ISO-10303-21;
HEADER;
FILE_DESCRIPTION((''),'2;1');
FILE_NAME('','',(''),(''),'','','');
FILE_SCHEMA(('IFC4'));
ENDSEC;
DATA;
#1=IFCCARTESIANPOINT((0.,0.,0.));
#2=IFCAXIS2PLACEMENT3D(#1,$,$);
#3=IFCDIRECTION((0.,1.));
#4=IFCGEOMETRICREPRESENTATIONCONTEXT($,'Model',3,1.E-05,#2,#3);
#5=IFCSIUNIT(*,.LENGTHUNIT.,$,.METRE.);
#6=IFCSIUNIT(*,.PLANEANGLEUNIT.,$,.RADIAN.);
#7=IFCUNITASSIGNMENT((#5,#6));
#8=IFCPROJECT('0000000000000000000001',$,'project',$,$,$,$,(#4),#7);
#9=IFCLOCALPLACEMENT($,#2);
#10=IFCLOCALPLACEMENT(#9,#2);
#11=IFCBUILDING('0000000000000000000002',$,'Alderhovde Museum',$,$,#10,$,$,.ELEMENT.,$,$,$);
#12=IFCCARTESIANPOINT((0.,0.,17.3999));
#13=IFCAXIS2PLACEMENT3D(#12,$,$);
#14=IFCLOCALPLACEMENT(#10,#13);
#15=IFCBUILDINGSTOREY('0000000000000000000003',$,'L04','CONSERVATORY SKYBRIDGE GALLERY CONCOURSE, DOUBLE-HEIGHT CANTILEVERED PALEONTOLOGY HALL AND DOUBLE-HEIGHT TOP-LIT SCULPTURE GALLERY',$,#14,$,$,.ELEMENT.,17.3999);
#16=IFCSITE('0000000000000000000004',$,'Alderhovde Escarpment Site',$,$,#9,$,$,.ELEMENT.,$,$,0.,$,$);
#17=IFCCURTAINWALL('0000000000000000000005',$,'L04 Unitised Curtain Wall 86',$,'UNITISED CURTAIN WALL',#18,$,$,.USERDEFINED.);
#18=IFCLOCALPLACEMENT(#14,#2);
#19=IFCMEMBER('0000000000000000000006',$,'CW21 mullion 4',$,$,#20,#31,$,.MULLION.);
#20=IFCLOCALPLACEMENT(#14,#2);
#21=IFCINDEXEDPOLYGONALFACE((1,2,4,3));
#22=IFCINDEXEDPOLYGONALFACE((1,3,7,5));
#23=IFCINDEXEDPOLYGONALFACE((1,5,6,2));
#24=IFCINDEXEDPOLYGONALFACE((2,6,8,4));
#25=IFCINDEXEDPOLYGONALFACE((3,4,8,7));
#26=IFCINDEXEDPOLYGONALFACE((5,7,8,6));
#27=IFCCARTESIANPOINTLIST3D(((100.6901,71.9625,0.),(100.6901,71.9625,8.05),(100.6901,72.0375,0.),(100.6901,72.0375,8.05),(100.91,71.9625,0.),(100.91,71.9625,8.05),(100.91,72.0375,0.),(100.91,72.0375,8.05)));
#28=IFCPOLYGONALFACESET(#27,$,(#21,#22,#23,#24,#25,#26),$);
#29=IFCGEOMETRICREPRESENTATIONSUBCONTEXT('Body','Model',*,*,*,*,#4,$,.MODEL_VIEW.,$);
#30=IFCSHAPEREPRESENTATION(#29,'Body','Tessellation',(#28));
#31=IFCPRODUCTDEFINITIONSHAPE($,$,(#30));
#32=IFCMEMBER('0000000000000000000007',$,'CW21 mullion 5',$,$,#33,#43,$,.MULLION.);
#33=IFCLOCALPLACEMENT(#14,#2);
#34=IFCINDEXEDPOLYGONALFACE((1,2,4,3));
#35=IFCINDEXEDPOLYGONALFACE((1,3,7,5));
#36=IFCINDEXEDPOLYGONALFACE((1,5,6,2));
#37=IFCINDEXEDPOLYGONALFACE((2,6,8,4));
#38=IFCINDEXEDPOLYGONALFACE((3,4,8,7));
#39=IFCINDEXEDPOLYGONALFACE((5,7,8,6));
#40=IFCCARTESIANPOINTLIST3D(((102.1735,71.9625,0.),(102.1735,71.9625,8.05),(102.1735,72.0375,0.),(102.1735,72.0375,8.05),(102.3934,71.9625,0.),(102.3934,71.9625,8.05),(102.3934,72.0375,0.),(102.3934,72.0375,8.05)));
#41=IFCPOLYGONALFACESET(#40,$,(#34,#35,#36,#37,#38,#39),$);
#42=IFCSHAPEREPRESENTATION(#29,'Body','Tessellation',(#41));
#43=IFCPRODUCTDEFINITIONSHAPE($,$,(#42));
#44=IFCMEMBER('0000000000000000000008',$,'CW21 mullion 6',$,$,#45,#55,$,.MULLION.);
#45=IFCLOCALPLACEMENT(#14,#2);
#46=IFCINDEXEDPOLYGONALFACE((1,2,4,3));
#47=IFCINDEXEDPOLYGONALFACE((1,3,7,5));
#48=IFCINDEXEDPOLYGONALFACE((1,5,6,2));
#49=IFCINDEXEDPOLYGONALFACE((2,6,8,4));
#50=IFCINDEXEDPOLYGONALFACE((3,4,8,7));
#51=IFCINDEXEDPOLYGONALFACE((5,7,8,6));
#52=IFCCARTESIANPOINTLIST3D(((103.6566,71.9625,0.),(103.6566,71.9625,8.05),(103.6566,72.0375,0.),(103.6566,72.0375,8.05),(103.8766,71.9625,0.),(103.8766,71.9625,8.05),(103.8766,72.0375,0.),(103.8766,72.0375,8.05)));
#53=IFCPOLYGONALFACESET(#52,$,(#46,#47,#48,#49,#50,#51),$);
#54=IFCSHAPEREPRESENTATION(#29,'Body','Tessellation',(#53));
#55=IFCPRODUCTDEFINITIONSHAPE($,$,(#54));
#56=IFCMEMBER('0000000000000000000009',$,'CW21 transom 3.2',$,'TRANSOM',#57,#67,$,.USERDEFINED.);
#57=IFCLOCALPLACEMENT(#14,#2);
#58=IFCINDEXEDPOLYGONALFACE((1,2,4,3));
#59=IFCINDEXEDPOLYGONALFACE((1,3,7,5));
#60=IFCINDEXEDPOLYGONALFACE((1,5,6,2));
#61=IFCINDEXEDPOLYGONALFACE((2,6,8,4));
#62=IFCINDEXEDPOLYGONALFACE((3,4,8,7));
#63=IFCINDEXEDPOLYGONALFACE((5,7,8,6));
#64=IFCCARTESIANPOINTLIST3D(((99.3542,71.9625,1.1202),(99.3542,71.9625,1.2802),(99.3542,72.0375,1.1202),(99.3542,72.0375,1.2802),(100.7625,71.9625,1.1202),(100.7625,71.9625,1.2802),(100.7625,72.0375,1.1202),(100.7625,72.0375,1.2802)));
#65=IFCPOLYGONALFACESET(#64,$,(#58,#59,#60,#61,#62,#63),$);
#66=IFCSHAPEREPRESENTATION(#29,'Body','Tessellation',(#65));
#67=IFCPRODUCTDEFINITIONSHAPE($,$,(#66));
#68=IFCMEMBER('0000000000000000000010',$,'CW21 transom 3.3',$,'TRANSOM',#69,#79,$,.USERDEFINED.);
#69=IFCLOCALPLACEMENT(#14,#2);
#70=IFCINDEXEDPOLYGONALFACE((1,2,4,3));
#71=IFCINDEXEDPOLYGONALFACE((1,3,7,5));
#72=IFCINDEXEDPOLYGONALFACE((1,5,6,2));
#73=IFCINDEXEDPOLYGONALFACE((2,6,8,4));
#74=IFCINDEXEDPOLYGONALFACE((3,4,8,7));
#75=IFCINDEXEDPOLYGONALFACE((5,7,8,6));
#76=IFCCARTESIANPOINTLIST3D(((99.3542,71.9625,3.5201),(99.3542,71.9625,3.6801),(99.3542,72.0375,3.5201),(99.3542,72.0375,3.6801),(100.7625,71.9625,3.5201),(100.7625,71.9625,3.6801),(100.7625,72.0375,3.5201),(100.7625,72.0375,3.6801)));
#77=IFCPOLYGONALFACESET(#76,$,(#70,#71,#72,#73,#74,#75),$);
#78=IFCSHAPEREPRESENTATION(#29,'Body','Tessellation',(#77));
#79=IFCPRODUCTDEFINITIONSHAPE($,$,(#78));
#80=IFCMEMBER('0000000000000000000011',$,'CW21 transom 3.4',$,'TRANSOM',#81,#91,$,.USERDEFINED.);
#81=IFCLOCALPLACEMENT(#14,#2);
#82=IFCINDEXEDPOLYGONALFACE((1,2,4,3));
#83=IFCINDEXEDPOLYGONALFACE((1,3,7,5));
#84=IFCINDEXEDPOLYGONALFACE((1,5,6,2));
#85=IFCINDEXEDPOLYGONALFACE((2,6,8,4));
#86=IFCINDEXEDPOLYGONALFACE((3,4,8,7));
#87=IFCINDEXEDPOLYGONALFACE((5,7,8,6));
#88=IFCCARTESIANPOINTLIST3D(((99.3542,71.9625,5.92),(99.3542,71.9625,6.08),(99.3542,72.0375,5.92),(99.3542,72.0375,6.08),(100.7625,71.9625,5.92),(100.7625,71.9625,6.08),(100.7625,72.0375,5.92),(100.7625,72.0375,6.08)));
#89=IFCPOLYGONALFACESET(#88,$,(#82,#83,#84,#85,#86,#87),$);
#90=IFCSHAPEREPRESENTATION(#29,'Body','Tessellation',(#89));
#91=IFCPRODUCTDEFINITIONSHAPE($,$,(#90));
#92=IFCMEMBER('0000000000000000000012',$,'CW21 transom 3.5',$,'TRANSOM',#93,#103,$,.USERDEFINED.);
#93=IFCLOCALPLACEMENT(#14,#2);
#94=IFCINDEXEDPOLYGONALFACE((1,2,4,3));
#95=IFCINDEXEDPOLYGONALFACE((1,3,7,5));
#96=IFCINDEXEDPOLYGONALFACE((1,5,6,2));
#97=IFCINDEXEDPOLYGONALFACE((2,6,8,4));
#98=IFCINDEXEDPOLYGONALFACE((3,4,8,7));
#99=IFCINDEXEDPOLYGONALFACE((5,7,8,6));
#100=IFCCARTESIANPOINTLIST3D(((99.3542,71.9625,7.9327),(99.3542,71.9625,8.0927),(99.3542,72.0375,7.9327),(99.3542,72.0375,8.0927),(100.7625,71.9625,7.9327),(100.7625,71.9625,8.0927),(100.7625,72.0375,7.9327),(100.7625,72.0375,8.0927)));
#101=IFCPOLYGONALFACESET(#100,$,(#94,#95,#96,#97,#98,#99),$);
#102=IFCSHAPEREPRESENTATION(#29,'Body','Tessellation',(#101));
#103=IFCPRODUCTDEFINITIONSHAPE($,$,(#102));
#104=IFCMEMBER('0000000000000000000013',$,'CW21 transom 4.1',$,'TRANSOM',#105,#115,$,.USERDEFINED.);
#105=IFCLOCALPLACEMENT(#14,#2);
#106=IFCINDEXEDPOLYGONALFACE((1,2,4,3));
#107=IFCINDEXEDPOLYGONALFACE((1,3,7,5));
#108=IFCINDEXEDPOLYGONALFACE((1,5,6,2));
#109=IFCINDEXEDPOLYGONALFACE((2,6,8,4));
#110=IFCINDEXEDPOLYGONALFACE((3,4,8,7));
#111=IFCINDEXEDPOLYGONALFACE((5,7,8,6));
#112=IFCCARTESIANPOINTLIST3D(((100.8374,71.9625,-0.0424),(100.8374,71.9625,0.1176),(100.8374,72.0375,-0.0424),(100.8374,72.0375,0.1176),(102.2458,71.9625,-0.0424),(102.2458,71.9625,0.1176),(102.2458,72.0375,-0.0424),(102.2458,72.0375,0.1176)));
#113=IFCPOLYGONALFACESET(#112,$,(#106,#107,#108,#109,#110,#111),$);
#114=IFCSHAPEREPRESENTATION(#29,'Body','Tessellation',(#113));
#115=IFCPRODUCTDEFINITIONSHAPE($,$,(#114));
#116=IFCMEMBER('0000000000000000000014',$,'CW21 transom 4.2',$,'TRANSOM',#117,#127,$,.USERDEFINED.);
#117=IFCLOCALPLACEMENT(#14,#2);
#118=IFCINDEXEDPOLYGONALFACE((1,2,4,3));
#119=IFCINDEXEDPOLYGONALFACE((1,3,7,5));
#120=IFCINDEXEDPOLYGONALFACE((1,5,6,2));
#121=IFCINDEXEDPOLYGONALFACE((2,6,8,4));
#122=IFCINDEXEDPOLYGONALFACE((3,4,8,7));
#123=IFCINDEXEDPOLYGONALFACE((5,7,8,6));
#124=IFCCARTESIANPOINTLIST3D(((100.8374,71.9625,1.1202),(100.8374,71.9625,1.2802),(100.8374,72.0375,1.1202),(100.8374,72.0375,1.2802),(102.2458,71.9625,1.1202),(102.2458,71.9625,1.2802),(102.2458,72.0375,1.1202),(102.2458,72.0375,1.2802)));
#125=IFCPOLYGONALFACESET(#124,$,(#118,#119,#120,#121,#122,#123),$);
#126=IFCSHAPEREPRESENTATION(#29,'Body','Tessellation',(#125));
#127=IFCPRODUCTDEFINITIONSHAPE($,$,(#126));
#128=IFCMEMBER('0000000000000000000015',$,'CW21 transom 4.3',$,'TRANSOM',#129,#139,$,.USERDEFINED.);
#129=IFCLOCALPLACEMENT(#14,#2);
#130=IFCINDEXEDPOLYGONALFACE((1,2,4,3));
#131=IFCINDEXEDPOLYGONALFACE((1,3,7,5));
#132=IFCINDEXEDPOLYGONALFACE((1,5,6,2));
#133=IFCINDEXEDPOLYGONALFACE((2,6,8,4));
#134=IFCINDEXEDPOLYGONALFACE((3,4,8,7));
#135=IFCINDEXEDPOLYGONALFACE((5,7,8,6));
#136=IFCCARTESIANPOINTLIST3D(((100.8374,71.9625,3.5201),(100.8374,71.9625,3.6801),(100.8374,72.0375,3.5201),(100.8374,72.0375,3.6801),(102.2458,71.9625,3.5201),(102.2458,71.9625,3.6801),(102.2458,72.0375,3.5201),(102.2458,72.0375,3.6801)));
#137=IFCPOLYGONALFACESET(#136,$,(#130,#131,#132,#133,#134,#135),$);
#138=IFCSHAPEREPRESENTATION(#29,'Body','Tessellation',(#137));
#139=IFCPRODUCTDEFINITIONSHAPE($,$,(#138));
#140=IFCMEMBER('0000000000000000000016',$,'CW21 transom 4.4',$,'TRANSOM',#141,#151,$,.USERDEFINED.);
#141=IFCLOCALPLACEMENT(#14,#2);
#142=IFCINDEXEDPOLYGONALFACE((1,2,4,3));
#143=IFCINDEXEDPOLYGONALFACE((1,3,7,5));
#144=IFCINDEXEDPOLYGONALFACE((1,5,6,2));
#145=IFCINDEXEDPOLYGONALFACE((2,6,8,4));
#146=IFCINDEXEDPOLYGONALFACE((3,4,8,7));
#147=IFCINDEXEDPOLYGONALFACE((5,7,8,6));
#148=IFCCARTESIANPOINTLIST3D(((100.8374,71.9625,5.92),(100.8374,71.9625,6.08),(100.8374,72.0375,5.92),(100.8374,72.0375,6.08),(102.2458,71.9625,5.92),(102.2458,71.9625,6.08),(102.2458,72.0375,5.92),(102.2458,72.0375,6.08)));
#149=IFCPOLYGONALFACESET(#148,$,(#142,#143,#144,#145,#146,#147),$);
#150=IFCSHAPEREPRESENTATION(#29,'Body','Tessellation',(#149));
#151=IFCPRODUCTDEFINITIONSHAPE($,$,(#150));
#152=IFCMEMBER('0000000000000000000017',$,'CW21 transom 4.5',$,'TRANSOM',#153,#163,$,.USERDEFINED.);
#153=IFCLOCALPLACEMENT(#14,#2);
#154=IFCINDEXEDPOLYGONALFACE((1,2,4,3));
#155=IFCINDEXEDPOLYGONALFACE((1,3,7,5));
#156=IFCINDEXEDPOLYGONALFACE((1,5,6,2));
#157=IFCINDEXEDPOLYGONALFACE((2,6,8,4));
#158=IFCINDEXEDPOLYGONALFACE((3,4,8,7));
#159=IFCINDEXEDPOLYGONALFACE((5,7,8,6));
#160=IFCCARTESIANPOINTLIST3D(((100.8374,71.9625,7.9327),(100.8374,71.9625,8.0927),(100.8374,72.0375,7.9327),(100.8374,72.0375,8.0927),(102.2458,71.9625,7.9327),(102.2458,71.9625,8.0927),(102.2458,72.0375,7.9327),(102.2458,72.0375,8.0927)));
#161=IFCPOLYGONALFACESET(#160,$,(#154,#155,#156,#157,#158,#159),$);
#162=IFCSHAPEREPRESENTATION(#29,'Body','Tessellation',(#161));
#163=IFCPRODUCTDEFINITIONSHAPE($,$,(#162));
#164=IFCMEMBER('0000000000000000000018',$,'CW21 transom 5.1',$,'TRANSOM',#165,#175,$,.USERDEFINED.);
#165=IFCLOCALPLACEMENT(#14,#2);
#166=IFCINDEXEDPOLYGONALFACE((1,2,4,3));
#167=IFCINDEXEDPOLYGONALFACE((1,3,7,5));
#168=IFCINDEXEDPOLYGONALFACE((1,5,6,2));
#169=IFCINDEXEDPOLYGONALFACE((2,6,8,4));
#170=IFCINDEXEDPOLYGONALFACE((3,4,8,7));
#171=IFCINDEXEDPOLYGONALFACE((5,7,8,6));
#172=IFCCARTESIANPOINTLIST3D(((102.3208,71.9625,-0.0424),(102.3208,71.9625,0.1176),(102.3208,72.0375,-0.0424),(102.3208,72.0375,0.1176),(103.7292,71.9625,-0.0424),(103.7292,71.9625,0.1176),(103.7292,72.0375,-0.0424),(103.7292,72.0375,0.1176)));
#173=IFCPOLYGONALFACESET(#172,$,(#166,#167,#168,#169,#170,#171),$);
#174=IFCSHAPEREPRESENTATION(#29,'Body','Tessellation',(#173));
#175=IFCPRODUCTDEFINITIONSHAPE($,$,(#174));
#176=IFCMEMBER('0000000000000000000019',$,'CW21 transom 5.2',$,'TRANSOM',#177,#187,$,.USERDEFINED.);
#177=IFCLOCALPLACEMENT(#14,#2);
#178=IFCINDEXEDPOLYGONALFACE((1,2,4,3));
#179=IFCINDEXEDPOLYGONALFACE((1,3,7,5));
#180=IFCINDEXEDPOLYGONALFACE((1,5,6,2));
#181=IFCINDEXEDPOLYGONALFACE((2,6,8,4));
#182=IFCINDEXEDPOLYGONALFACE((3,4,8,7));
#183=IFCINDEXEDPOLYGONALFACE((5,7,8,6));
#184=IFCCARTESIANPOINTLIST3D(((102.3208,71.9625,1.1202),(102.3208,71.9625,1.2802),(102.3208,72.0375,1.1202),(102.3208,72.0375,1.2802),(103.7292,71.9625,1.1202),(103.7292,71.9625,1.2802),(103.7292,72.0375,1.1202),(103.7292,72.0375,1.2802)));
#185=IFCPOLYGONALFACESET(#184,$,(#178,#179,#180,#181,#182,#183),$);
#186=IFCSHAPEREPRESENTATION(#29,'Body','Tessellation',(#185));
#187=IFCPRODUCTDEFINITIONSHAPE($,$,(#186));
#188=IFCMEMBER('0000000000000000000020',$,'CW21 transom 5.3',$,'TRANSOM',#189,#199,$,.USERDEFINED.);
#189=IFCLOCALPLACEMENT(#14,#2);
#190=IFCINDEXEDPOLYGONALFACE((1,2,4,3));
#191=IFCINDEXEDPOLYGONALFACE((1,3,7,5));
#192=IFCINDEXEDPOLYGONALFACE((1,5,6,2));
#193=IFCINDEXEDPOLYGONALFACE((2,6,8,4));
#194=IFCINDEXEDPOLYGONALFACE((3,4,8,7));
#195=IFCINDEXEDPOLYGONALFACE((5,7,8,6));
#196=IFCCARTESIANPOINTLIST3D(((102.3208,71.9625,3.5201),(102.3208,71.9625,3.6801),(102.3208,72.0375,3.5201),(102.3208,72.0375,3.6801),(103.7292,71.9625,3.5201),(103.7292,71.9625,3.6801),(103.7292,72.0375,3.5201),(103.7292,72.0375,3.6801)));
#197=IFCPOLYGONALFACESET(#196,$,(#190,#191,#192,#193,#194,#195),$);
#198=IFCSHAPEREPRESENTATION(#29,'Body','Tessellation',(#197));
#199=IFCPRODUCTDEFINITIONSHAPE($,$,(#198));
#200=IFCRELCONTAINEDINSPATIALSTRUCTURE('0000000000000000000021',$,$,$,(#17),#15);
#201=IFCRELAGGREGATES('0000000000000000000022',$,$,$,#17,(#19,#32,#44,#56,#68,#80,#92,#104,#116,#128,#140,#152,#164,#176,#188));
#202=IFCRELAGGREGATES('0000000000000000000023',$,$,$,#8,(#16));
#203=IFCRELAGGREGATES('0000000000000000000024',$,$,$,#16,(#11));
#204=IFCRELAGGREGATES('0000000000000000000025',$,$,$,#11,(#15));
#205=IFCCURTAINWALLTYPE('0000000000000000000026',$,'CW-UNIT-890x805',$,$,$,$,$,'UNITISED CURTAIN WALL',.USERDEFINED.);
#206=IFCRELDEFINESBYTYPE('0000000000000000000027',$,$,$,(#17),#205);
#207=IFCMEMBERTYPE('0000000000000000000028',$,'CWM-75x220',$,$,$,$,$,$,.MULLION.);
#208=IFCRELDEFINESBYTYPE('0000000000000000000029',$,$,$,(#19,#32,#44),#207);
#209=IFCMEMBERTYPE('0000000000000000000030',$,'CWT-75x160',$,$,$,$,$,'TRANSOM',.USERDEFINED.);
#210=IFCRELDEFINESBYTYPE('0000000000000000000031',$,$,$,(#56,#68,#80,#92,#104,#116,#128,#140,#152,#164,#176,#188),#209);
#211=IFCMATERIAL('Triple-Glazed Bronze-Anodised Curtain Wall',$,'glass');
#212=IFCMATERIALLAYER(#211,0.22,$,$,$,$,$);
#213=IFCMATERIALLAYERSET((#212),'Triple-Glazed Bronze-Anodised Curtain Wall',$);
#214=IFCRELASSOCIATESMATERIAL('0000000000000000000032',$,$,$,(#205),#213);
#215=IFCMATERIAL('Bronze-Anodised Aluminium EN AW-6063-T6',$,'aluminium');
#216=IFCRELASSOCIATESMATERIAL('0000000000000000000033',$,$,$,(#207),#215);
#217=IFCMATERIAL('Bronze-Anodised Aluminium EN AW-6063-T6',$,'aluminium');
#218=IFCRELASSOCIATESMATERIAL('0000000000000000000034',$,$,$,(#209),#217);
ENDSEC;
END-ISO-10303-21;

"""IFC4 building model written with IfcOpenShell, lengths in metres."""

from ifc_helpers import new_model, si_unit, direction, frame, origin, origin_2d, place, context, subcontext, project, spatial, rectangle, extrude, material, layer, layer_set, material_profile, profile_set, type_object, element, aggregate, save


model = new_model("IFC4")

# Units and contexts
model_context = context("Model", 3, precision=1e-05, world=origin(), true_north=direction((0.0, 1.0)))
body_context = subcontext(model_context, "Body", "Model", "MODEL_VIEW")
ifc_project = project(units=[si_unit("LENGTHUNIT", "METRE"), si_unit("PLANEANGLEUNIT", "RADIAN")], contexts=[model_context])

# Site, building, storey
site_placement = place(None, origin())
site = spatial("IfcSite", under=ifc_project, at=site_placement, Name="Alderhovde Escarpment Site", CompositionType="ELEMENT", RefElevation=0.0)
building_placement = place(site_placement, origin())
building = spatial("IfcBuilding", under=site, at=building_placement, Name="Alderhovde Museum", CompositionType="ELEMENT")
storey_placement = place(building_placement, frame((0.0, 0.0, 17.3999)))
storey = spatial("IfcBuildingStorey", under=building, at=storey_placement, Name="L04", Description="CONSERVATORY SKYBRIDGE GALLERY CONCOURSE, DOUBLE-HEIGHT CANTILEVERED PALEONTOLOGY HALL AND DOUBLE-HEIGHT TOP-LIT SCULPTURE GALLERY", CompositionType="ELEMENT", Elevation=17.3999)

# Curtain wall, members
ifc_material_1 = material(Name="Triple-Glazed Bronze-Anodised Curtain Wall", Category="glass")
ifc_layer_1 = layer(ifc_material_1, 0.22)
ifc_layer_set_1 = layer_set([ifc_layer_1], Name="Triple-Glazed Bronze-Anodised Curtain Wall")
curtain_wall_type = type_object("IfcCurtainWallType", Name="CW-UNIT-890x805", ElementType="UNITISED CURTAIN WALL", PredefinedType="USERDEFINED", material=ifc_layer_set_1)
curtain_wall_placement = place(storey_placement, origin())
curtain_wall = element("IfcCurtainWall", 1, at=curtain_wall_placement, inside=storey, type_object=curtain_wall_type, Name="L04 Unitised Curtain Wall 86", ObjectType="UNITISED CURTAIN WALL", PredefinedType="USERDEFINED")
ifc_material_2 = material(Name="Bronze-Anodised Aluminium EN AW-6063-T6", Category="aluminium")
ifc_material_profile_1 = material_profile(ifc_material_2, rectangle(XDim=0.075, YDim=0.22, at=origin_2d()), Name="MULLION 75x220")
ifc_profile_set_1 = profile_set([ifc_material_profile_1], Name="Bronze-Anodised Aluminium EN AW-6063-T6")
member_type_1 = type_object("IfcMemberType", Name="CWM-75x220", PredefinedType="MULLION", material=ifc_profile_set_1)
member_1_placement = place(storey_placement, frame((100.8, 72.0, 0.0), z_axis=(0.0, 0.0, 1.0), x_axis=(0.0, 1.0, 0.0)))
member_1 = element("IfcMember", 2, at=member_1_placement, type_object=member_type_1, Name="CW21 mullion 4", PredefinedType="MULLION", context=body_context, shape_type="SweptSolid", body=[
    extrude(rectangle(XDim=0.075, YDim=0.22, at=origin_2d()), origin(), (0.0, 0.0, 1.0), 8.05),
])
member_2_placement = place(storey_placement, frame((102.2834, 72.0, 0.0), z_axis=(0.0, 0.0, 1.0), x_axis=(0.0, 1.0, 0.0)))
member_2 = element("IfcMember", 3, at=member_2_placement, type_object=member_type_1, Name="CW21 mullion 5", PredefinedType="MULLION", context=body_context, shape_type="SweptSolid", body=[
    extrude(rectangle(XDim=0.075, YDim=0.22, at=origin_2d()), origin(), (0.0, 0.0, 1.0), 8.05),
])
member_3_placement = place(storey_placement, frame((103.7666, 72.0, 0.0), z_axis=(0.0, 0.0, 1.0), x_axis=(0.0, 1.0, 0.0)))
member_3 = element("IfcMember", 4, at=member_3_placement, type_object=member_type_1, Name="CW21 mullion 6", PredefinedType="MULLION", context=body_context, shape_type="SweptSolid", body=[
    extrude(rectangle(XDim=0.075, YDim=0.22, at=origin_2d()), origin(), (0.0, 0.0, 1.0), 8.05),
])
ifc_material_3 = material(Name="Bronze-Anodised Aluminium EN AW-6063-T6", Category="aluminium")
ifc_material_profile_2 = material_profile(ifc_material_3, rectangle(XDim=0.075, YDim=0.1599, at=origin_2d()), Name="TRANSOM 75x160")
ifc_profile_set_2 = profile_set([ifc_material_profile_2], Name="Bronze-Anodised Aluminium EN AW-6063-T6")
member_type_2 = type_object("IfcMemberType", Name="CWT-75x160", ElementType="TRANSOM", PredefinedType="USERDEFINED", material=ifc_profile_set_2)
member_4_placement = place(storey_placement, frame((99.3542, 72.0, 1.2002), z_axis=(1.0, 0.0, 0.0), x_axis=(0.0, 1.0, 0.0)))
member_4 = element("IfcMember", 5, at=member_4_placement, type_object=member_type_2, Name="CW21 transom 3.2", ObjectType="TRANSOM", PredefinedType="USERDEFINED", context=body_context, shape_type="SweptSolid", body=[
    extrude(rectangle(XDim=0.075, YDim=0.1599, at=origin_2d()), origin(), (0.0, 0.0, 1.0), 1.4082),
])
member_5_placement = place(storey_placement, frame((99.3542, 72.0, 3.6001), z_axis=(1.0, 0.0, 0.0), x_axis=(0.0, 1.0, 0.0)))
member_5 = element("IfcMember", 6, at=member_5_placement, type_object=member_type_2, Name="CW21 transom 3.3", ObjectType="TRANSOM", PredefinedType="USERDEFINED", context=body_context, shape_type="SweptSolid", body=[
    extrude(rectangle(XDim=0.075, YDim=0.1599, at=origin_2d()), origin(), (0.0, 0.0, 1.0), 1.4082),
])
member_6_placement = place(storey_placement, frame((99.3542, 72.0, 6.0), z_axis=(1.0, 0.0, 0.0), x_axis=(0.0, 1.0, 0.0)))
member_6 = element("IfcMember", 7, at=member_6_placement, type_object=member_type_2, Name="CW21 transom 3.4", ObjectType="TRANSOM", PredefinedType="USERDEFINED", context=body_context, shape_type="SweptSolid", body=[
    extrude(rectangle(XDim=0.075, YDim=0.1599, at=origin_2d()), origin(), (0.0, 0.0, 1.0), 1.4082),
])
member_7_placement = place(storey_placement, frame((99.3542, 72.0, 8.0127), z_axis=(1.0, 0.0, 0.0), x_axis=(0.0, 1.0, 0.0)))
member_7 = element("IfcMember", 8, at=member_7_placement, type_object=member_type_2, Name="CW21 transom 3.5", ObjectType="TRANSOM", PredefinedType="USERDEFINED", context=body_context, shape_type="SweptSolid", body=[
    extrude(rectangle(XDim=0.075, YDim=0.1599, at=origin_2d()), origin(), (0.0, 0.0, 1.0), 1.4082),
])
member_8_placement = place(storey_placement, frame((100.8374, 72.0, 0.0376), z_axis=(1.0, 0.0, 0.0), x_axis=(0.0, 1.0, 0.0)))
member_8 = element("IfcMember", 9, at=member_8_placement, type_object=member_type_2, Name="CW21 transom 4.1", ObjectType="TRANSOM", PredefinedType="USERDEFINED", context=body_context, shape_type="SweptSolid", body=[
    extrude(rectangle(XDim=0.075, YDim=0.1599, at=origin_2d()), origin(), (0.0, 0.0, 1.0), 1.4084),
])
member_9_placement = place(storey_placement, frame((100.8374, 72.0, 1.2002), z_axis=(1.0, 0.0, 0.0), x_axis=(0.0, 1.0, 0.0)))
member_9 = element("IfcMember", 10, at=member_9_placement, type_object=member_type_2, Name="CW21 transom 4.2", ObjectType="TRANSOM", PredefinedType="USERDEFINED", context=body_context, shape_type="SweptSolid", body=[
    extrude(rectangle(XDim=0.075, YDim=0.1599, at=origin_2d()), origin(), (0.0, 0.0, 1.0), 1.4084),
])
member_10_placement = place(storey_placement, frame((100.8374, 72.0, 3.6001), z_axis=(1.0, 0.0, 0.0), x_axis=(0.0, 1.0, 0.0)))
member_10 = element("IfcMember", 11, at=member_10_placement, type_object=member_type_2, Name="CW21 transom 4.3", ObjectType="TRANSOM", PredefinedType="USERDEFINED", context=body_context, shape_type="SweptSolid", body=[
    extrude(rectangle(XDim=0.075, YDim=0.1599, at=origin_2d()), origin(), (0.0, 0.0, 1.0), 1.4084),
])
member_11_placement = place(storey_placement, frame((100.8374, 72.0, 6.0), z_axis=(1.0, 0.0, 0.0), x_axis=(0.0, 1.0, 0.0)))
member_11 = element("IfcMember", 12, at=member_11_placement, type_object=member_type_2, Name="CW21 transom 4.4", ObjectType="TRANSOM", PredefinedType="USERDEFINED", context=body_context, shape_type="SweptSolid", body=[
    extrude(rectangle(XDim=0.075, YDim=0.1599, at=origin_2d()), origin(), (0.0, 0.0, 1.0), 1.4084),
])
member_12_placement = place(storey_placement, frame((100.8374, 72.0, 8.0127), z_axis=(1.0, 0.0, 0.0), x_axis=(0.0, 1.0, 0.0)))
member_12 = element("IfcMember", 13, at=member_12_placement, type_object=member_type_2, Name="CW21 transom 4.5", ObjectType="TRANSOM", PredefinedType="USERDEFINED", context=body_context, shape_type="SweptSolid", body=[
    extrude(rectangle(XDim=0.075, YDim=0.1599, at=origin_2d()), origin(), (0.0, 0.0, 1.0), 1.4084),
])
member_13_placement = place(storey_placement, frame((102.3208, 72.0, 0.0376), z_axis=(1.0, 0.0, 0.0), x_axis=(0.0, 1.0, 0.0)))
member_13 = element("IfcMember", 14, at=member_13_placement, type_object=member_type_2, Name="CW21 transom 5.1", ObjectType="TRANSOM", PredefinedType="USERDEFINED", context=body_context, shape_type="SweptSolid", body=[
    extrude(rectangle(XDim=0.075, YDim=0.1599, at=origin_2d()), origin(), (0.0, 0.0, 1.0), 1.4084),
])
member_14_placement = place(storey_placement, frame((102.3208, 72.0, 1.2002), z_axis=(1.0, 0.0, 0.0), x_axis=(0.0, 1.0, 0.0)))
member_14 = element("IfcMember", 15, at=member_14_placement, type_object=member_type_2, Name="CW21 transom 5.2", ObjectType="TRANSOM", PredefinedType="USERDEFINED", context=body_context, shape_type="SweptSolid", body=[
    extrude(rectangle(XDim=0.075, YDim=0.1599, at=origin_2d()), origin(), (0.0, 0.0, 1.0), 1.4084),
])
member_15_placement = place(storey_placement, frame((102.3208, 72.0, 3.6001), z_axis=(1.0, 0.0, 0.0), x_axis=(0.0, 1.0, 0.0)))
member_15 = element("IfcMember", 16, at=member_15_placement, type_object=member_type_2, Name="CW21 transom 5.3", ObjectType="TRANSOM", PredefinedType="USERDEFINED", context=body_context, shape_type="SweptSolid", body=[
    extrude(rectangle(XDim=0.075, YDim=0.1599, at=origin_2d()), origin(), (0.0, 0.0, 1.0), 1.4084),
])
aggregate(curtain_wall, [member_1, member_2, member_3, member_4, member_5, member_6, member_7, member_8, member_9, member_10, member_11, member_12, member_13, member_14, member_15])

save(model, "model.ifc")
